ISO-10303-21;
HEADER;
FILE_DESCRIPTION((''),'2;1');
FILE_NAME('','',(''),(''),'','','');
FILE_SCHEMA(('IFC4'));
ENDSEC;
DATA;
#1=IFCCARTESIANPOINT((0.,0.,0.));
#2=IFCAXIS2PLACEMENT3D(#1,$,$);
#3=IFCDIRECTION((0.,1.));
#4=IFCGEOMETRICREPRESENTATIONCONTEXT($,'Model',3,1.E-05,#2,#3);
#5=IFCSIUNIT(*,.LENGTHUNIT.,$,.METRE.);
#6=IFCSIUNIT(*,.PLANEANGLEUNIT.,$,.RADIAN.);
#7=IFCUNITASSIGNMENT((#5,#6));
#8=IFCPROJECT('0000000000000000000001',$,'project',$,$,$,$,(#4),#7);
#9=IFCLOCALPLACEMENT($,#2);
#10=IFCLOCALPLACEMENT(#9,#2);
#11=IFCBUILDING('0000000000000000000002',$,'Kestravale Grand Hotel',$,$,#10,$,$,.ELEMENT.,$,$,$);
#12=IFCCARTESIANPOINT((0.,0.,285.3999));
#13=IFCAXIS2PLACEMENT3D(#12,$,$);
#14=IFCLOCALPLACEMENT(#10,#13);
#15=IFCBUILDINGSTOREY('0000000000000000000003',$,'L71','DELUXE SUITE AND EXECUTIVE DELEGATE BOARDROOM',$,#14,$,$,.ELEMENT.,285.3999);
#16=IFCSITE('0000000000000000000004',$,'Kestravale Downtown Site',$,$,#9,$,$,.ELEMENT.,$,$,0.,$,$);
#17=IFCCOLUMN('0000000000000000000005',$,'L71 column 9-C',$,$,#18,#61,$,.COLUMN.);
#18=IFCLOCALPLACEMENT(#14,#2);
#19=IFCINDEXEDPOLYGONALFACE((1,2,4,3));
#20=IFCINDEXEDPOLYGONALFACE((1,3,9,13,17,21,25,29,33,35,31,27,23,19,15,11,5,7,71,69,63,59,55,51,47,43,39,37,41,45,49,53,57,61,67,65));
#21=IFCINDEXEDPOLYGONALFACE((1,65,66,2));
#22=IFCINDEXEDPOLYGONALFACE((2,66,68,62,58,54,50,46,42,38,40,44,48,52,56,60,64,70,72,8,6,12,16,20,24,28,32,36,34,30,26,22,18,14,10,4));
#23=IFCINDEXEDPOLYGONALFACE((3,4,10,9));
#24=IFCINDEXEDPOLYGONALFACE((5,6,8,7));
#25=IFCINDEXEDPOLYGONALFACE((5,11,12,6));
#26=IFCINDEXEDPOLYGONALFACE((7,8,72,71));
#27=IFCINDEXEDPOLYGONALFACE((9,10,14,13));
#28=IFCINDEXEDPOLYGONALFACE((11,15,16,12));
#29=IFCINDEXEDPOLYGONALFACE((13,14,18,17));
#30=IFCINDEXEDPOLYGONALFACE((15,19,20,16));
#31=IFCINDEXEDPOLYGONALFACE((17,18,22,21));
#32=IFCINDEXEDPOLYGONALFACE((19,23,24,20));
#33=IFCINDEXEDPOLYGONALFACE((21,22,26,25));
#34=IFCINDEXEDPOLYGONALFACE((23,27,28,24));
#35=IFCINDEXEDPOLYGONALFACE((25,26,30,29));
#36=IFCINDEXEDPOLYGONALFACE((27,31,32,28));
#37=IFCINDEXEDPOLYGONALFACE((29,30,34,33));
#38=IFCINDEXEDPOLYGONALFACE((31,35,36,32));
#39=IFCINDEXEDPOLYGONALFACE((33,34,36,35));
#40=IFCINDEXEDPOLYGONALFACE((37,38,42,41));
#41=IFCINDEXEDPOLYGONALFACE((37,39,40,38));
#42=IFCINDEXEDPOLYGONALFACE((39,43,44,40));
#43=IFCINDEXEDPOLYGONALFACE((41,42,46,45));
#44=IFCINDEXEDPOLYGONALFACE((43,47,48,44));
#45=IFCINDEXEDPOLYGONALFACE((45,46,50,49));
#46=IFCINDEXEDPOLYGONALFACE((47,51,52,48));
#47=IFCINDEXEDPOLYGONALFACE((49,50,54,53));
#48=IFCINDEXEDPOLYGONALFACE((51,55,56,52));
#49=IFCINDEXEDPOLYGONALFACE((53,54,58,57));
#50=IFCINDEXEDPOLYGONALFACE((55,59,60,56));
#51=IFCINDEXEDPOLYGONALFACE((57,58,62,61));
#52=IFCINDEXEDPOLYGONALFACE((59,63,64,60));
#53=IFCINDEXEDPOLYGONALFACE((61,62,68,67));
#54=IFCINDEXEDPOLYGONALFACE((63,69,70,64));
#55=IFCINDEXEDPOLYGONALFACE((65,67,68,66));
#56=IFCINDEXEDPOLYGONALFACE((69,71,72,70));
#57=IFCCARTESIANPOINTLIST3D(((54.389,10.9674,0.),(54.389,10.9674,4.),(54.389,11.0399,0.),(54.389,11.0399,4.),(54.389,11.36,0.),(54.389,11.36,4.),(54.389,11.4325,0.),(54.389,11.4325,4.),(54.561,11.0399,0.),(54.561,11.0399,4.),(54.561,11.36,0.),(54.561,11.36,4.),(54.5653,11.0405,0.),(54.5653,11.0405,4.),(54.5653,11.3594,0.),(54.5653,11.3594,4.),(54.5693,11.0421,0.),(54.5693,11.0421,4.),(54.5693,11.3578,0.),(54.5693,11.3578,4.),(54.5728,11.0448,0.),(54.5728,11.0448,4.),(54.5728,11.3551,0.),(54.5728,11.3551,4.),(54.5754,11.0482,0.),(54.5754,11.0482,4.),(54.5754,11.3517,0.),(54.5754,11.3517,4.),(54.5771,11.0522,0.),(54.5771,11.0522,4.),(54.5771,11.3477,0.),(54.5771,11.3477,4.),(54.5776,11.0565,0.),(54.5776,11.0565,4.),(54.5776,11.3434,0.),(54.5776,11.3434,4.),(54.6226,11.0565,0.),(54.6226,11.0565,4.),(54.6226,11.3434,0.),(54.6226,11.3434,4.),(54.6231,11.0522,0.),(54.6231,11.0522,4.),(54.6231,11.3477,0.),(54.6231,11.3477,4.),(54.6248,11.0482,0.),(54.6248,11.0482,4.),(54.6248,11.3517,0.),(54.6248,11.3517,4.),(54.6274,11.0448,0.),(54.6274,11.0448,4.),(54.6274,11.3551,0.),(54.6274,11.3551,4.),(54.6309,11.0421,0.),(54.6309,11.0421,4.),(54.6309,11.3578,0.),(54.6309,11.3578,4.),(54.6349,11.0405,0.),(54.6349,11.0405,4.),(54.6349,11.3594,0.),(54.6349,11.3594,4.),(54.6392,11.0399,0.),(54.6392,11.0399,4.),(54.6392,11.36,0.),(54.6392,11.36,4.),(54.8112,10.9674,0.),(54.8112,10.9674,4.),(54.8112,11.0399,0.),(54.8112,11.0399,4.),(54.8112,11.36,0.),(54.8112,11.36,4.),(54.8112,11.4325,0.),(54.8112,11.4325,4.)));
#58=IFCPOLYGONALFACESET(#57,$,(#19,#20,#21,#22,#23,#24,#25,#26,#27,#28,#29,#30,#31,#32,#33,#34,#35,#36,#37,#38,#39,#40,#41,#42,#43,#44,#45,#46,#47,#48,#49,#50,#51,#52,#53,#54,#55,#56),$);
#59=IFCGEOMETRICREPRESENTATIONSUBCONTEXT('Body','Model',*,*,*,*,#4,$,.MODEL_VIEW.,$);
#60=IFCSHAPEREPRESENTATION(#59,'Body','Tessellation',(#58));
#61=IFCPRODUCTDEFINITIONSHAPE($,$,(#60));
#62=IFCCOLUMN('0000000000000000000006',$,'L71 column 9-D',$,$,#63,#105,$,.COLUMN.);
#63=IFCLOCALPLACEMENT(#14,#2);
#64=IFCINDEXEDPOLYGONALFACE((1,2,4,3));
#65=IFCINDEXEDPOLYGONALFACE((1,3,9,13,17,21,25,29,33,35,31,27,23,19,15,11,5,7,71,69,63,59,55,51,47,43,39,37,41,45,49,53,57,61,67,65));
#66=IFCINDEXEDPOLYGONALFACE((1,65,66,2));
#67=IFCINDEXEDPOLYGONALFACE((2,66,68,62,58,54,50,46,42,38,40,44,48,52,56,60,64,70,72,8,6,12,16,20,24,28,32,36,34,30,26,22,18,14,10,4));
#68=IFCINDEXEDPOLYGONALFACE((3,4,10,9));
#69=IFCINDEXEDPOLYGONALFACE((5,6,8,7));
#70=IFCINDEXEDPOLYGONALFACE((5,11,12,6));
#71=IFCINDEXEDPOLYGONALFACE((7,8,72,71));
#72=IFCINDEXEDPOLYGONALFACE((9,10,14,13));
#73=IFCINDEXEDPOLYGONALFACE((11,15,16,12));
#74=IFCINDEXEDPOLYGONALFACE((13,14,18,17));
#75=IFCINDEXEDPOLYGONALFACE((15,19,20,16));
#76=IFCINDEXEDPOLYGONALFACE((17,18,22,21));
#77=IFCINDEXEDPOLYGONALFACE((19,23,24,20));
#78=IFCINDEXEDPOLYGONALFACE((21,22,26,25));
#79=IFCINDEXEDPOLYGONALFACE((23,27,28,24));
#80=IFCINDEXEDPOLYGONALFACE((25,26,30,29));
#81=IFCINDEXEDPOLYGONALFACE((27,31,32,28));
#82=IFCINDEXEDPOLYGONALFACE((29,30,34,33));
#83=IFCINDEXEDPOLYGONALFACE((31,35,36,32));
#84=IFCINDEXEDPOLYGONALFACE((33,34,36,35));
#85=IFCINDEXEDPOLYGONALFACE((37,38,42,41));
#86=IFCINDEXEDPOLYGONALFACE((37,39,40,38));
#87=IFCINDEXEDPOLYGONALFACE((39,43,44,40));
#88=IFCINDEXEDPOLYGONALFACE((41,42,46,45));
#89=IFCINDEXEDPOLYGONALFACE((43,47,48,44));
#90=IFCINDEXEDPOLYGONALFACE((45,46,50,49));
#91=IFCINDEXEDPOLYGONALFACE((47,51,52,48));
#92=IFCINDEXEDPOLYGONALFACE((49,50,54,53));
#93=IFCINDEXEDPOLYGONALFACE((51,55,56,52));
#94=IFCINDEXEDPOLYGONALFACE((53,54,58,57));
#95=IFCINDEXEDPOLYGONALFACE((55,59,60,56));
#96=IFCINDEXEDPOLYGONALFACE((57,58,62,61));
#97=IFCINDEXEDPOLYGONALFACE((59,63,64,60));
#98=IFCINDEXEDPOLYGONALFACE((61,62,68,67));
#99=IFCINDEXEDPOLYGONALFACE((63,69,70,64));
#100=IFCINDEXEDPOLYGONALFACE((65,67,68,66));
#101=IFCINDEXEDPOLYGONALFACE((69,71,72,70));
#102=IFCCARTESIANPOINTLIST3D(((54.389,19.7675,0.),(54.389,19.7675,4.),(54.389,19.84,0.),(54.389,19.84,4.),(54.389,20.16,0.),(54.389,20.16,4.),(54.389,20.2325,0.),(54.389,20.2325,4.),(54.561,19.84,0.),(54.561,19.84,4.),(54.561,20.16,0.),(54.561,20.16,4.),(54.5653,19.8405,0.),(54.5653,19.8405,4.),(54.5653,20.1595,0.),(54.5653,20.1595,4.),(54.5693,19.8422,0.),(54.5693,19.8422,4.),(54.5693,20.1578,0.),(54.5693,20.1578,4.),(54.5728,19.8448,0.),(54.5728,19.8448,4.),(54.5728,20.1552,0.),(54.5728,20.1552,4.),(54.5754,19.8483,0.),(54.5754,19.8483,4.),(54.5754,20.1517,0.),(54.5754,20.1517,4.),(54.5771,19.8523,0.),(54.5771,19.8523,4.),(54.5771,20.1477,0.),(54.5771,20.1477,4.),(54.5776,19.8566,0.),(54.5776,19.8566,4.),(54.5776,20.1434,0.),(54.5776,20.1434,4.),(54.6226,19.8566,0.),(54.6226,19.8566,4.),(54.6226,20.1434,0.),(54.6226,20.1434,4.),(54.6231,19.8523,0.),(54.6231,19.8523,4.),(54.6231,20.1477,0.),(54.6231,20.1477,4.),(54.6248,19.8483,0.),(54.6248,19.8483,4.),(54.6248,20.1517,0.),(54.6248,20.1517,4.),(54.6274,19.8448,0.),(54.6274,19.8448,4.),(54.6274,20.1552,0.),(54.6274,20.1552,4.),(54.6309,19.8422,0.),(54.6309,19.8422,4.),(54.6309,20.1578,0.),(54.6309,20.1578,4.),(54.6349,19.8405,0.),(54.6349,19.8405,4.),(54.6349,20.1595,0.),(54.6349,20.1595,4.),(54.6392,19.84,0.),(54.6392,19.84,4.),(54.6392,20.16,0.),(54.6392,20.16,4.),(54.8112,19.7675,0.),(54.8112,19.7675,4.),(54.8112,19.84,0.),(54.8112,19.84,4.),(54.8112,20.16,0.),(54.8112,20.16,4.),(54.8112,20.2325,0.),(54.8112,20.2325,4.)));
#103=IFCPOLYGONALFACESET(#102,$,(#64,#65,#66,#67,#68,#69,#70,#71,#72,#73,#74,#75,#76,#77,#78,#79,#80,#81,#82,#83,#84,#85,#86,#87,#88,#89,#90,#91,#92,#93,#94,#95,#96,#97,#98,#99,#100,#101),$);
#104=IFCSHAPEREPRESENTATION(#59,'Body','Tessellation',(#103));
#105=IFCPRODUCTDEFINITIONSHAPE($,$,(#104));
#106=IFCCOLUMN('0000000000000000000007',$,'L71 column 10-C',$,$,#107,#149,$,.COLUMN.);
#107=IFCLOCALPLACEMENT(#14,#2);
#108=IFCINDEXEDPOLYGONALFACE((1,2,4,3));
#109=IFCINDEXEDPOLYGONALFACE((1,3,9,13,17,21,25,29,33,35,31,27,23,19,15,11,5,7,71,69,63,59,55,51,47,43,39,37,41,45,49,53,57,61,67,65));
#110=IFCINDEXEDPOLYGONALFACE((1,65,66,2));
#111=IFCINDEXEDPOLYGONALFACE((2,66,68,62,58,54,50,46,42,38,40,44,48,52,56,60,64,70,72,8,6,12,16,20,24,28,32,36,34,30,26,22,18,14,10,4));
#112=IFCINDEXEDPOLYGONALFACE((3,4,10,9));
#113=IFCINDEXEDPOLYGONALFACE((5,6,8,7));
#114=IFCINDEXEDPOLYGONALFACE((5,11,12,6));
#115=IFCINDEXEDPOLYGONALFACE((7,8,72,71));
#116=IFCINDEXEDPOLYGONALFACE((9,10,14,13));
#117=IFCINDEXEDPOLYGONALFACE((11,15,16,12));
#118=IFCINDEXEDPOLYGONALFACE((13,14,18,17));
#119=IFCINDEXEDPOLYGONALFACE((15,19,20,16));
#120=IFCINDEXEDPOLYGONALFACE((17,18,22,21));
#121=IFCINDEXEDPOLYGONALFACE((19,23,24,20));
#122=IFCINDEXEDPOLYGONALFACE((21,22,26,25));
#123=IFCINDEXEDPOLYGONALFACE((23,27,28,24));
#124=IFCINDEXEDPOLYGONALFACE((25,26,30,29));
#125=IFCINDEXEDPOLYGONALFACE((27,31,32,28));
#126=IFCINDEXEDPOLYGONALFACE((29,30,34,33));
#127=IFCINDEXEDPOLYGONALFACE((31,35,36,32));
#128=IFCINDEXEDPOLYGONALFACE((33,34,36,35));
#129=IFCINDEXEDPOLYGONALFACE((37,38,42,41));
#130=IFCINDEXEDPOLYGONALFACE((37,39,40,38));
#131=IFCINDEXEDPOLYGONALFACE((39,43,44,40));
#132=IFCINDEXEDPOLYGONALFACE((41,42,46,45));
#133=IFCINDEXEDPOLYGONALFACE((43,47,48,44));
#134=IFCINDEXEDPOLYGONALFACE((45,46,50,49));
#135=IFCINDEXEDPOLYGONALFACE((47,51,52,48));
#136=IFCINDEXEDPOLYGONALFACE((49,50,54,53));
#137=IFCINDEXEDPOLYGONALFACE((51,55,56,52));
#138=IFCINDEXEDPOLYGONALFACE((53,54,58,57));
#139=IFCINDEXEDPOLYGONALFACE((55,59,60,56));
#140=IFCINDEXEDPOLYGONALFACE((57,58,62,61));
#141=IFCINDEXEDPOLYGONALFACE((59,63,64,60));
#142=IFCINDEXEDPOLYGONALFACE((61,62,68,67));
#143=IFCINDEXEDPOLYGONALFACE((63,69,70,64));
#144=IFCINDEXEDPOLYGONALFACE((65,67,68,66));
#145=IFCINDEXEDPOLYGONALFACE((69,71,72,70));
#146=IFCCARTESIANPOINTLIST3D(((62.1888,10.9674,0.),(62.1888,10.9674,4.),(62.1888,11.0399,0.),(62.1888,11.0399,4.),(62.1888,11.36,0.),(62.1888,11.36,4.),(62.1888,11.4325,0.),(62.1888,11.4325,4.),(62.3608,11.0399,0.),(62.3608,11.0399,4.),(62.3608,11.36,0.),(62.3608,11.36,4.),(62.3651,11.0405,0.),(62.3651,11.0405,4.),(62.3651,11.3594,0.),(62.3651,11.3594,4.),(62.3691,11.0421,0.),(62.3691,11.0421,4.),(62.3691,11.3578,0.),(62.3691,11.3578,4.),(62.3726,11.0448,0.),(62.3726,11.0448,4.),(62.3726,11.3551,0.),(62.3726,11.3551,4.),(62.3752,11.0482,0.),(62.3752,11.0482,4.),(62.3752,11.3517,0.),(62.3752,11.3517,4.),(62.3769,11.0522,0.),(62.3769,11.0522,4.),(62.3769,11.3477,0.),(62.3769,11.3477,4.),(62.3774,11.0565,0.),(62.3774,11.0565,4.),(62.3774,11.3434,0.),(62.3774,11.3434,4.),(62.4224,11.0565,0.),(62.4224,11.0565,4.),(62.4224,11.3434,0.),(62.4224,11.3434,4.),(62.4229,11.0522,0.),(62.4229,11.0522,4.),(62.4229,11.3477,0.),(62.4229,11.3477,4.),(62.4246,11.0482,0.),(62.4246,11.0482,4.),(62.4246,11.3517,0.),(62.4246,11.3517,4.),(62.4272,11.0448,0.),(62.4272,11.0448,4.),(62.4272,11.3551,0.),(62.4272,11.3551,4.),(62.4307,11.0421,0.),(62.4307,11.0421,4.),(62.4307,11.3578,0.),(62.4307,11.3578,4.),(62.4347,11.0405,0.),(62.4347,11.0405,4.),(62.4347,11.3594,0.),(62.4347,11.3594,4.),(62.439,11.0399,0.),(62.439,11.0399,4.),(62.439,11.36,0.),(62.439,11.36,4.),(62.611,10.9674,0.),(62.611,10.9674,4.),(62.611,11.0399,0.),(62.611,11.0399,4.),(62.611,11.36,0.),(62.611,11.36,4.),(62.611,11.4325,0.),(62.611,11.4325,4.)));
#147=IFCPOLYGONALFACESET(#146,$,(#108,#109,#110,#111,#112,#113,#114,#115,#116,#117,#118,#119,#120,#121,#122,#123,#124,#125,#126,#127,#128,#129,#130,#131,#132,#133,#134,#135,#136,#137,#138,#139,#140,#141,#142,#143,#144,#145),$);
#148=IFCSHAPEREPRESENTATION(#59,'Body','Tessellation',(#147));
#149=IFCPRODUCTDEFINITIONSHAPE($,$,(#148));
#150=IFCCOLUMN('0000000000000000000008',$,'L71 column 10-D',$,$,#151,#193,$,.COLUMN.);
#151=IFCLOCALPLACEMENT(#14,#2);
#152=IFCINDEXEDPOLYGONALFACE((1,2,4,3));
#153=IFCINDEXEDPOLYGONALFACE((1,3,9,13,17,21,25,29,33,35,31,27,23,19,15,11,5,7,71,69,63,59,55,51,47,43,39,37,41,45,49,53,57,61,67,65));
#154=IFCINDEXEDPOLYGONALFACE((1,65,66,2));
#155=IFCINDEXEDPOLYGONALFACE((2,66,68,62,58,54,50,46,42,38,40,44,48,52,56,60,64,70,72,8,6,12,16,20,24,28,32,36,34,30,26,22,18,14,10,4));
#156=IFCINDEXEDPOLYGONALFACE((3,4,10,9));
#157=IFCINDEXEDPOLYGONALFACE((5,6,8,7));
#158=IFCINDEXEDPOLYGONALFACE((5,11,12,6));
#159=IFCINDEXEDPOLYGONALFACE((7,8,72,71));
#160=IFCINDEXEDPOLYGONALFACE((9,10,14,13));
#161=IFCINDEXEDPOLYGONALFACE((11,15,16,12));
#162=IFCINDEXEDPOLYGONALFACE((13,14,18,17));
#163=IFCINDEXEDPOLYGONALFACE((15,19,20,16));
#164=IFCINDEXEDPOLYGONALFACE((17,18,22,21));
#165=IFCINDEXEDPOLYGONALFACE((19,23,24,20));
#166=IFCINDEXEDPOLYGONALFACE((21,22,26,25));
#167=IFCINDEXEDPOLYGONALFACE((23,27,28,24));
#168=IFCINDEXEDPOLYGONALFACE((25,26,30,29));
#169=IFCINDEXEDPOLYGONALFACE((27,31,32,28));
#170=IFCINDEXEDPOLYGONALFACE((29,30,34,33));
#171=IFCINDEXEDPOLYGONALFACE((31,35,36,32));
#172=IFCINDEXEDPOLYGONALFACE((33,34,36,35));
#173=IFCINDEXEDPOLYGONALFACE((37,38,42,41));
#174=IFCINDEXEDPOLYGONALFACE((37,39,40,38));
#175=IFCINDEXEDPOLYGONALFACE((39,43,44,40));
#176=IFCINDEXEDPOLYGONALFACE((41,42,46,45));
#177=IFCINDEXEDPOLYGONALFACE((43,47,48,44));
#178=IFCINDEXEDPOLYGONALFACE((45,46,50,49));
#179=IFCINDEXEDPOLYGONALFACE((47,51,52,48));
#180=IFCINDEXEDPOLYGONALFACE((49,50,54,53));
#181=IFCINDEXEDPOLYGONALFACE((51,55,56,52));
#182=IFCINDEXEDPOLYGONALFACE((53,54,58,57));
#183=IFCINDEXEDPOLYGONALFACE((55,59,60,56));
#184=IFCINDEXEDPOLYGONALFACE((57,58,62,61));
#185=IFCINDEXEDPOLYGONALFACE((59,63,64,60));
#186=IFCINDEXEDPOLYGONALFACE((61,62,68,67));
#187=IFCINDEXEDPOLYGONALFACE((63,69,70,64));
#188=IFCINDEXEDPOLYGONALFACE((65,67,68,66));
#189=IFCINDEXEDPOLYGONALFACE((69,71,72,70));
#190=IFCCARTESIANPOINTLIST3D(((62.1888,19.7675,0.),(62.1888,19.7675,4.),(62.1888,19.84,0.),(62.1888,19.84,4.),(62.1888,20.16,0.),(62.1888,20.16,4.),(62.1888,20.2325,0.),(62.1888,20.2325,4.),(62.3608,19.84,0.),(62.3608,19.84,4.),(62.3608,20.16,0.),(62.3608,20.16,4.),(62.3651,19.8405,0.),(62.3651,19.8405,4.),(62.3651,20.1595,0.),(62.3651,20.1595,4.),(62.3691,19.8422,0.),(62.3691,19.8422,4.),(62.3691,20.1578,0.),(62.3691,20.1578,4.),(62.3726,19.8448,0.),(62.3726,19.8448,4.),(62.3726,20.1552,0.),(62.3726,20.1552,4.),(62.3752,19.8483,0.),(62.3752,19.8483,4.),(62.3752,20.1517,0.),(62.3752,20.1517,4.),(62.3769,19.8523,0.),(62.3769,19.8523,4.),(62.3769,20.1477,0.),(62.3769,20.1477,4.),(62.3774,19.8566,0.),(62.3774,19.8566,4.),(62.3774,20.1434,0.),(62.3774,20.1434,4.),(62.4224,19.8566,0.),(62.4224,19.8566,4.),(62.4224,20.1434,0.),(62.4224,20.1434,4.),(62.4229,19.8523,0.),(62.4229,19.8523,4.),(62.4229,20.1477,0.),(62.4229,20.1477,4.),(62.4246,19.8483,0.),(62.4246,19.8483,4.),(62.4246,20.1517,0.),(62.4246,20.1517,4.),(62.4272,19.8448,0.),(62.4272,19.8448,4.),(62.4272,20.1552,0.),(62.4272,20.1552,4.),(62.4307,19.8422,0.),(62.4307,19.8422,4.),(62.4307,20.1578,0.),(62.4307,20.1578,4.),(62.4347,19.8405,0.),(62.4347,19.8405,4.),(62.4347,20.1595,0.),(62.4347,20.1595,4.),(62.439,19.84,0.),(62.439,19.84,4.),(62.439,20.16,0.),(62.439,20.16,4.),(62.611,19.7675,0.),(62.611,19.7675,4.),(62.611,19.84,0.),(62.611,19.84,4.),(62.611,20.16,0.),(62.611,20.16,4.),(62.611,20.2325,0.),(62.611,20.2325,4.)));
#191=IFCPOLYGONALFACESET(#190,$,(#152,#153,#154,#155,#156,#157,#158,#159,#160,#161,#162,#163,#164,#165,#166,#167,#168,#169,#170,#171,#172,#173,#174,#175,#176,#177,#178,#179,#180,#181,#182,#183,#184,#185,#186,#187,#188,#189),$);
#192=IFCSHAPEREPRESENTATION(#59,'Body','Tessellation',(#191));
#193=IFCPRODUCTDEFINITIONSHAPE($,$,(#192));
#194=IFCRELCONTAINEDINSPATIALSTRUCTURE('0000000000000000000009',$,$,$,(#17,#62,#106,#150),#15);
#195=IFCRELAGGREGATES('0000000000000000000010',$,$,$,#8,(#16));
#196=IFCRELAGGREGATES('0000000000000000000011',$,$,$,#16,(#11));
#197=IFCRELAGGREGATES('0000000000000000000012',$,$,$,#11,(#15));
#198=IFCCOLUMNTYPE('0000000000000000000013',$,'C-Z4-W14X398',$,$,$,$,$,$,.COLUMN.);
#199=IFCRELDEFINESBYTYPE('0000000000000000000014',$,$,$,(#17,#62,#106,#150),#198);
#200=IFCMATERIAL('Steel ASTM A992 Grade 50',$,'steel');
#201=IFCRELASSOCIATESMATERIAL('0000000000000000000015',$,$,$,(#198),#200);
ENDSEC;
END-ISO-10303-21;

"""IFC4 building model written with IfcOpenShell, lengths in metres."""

from ifc_helpers import new_model, si_unit, direction, frame, origin, origin_2d, place, context, subcontext, project, spatial, i_section, extrude, material, material_profile, profile_set, type_object, element, save


model = new_model("IFC4")

# Units and contexts
model_context = context("Model", 3, precision=1e-05, world=origin(), true_north=direction((0.0, 1.0)))
body_context = subcontext(model_context, "Body", "Model", "MODEL_VIEW")
ifc_project = project(units=[si_unit("LENGTHUNIT", "METRE"), si_unit("PLANEANGLEUNIT", "RADIAN")], contexts=[model_context])

# Site, building, storey
site_placement = place(None, origin())
site = spatial("IfcSite", under=ifc_project, at=site_placement, Name="Kestravale Downtown Site", CompositionType="ELEMENT", RefElevation=0.0)
building_placement = place(site_placement, origin())
building = spatial("IfcBuilding", under=site, at=building_placement, Name="Kestravale Grand Hotel", CompositionType="ELEMENT")
storey_placement = place(building_placement, frame((0.0, 0.0, 285.3999)))
storey = spatial("IfcBuildingStorey", under=building, at=storey_placement, Name="L71", Description="DELUXE SUITE AND EXECUTIVE DELEGATE BOARDROOM", CompositionType="ELEMENT", Elevation=285.3999)

# Columns
ifc_material_1 = material(Name="Steel ASTM A992 Grade 50", Category="steel")
ifc_material_profile_1 = material_profile(ifc_material_1, i_section(OverallWidth=0.4221, OverallDepth=0.4651, WebThickness=0.0449, FlangeThickness=0.0725, FilletRadius=0.0166, at=origin_2d()))
ifc_profile_set_1 = profile_set([ifc_material_profile_1], Name="Steel ASTM A992 Grade 50")
column_type = type_object("IfcColumnType", Name="C-Z4-W14X398", PredefinedType="COLUMN", material=ifc_profile_set_1)
for number, where, z_axis, x_axis, name in (
    (1, (54.6001, 11.2, 0.0), (0.0, 0.0, 1.0), (1.0, 0.0, 0.0), "L71 column 9-C"),
    (2, (54.6001, 20.0, 0.0), (0.0, 0.0, 1.0), (1.0, 0.0, 0.0), "L71 column 9-D"),
    (3, (62.3999, 11.2, 0.0), (0.0, 0.0, 1.0), (1.0, 0.0, 0.0), "L71 column 10-C"),
    (4, (62.3999, 20.0, 0.0), (0.0, 0.0, 1.0), (1.0, 0.0, 0.0), "L71 column 10-D"),
):
    element("IfcColumn", number, at=place(storey_placement, frame(where, z_axis=z_axis, x_axis=x_axis)), inside=storey, type_object=column_type, Name=name, PredefinedType="COLUMN", context=body_context, shape_type="SweptSolid", body=[
        extrude(i_section(OverallWidth=0.4221, OverallDepth=0.4651, WebThickness=0.0449, FlangeThickness=0.0725, FilletRadius=0.0166, at=origin_2d()), origin(), (0.0, 0.0, 1.0), 4.0),
    ])

save(model, "model.ifc")
